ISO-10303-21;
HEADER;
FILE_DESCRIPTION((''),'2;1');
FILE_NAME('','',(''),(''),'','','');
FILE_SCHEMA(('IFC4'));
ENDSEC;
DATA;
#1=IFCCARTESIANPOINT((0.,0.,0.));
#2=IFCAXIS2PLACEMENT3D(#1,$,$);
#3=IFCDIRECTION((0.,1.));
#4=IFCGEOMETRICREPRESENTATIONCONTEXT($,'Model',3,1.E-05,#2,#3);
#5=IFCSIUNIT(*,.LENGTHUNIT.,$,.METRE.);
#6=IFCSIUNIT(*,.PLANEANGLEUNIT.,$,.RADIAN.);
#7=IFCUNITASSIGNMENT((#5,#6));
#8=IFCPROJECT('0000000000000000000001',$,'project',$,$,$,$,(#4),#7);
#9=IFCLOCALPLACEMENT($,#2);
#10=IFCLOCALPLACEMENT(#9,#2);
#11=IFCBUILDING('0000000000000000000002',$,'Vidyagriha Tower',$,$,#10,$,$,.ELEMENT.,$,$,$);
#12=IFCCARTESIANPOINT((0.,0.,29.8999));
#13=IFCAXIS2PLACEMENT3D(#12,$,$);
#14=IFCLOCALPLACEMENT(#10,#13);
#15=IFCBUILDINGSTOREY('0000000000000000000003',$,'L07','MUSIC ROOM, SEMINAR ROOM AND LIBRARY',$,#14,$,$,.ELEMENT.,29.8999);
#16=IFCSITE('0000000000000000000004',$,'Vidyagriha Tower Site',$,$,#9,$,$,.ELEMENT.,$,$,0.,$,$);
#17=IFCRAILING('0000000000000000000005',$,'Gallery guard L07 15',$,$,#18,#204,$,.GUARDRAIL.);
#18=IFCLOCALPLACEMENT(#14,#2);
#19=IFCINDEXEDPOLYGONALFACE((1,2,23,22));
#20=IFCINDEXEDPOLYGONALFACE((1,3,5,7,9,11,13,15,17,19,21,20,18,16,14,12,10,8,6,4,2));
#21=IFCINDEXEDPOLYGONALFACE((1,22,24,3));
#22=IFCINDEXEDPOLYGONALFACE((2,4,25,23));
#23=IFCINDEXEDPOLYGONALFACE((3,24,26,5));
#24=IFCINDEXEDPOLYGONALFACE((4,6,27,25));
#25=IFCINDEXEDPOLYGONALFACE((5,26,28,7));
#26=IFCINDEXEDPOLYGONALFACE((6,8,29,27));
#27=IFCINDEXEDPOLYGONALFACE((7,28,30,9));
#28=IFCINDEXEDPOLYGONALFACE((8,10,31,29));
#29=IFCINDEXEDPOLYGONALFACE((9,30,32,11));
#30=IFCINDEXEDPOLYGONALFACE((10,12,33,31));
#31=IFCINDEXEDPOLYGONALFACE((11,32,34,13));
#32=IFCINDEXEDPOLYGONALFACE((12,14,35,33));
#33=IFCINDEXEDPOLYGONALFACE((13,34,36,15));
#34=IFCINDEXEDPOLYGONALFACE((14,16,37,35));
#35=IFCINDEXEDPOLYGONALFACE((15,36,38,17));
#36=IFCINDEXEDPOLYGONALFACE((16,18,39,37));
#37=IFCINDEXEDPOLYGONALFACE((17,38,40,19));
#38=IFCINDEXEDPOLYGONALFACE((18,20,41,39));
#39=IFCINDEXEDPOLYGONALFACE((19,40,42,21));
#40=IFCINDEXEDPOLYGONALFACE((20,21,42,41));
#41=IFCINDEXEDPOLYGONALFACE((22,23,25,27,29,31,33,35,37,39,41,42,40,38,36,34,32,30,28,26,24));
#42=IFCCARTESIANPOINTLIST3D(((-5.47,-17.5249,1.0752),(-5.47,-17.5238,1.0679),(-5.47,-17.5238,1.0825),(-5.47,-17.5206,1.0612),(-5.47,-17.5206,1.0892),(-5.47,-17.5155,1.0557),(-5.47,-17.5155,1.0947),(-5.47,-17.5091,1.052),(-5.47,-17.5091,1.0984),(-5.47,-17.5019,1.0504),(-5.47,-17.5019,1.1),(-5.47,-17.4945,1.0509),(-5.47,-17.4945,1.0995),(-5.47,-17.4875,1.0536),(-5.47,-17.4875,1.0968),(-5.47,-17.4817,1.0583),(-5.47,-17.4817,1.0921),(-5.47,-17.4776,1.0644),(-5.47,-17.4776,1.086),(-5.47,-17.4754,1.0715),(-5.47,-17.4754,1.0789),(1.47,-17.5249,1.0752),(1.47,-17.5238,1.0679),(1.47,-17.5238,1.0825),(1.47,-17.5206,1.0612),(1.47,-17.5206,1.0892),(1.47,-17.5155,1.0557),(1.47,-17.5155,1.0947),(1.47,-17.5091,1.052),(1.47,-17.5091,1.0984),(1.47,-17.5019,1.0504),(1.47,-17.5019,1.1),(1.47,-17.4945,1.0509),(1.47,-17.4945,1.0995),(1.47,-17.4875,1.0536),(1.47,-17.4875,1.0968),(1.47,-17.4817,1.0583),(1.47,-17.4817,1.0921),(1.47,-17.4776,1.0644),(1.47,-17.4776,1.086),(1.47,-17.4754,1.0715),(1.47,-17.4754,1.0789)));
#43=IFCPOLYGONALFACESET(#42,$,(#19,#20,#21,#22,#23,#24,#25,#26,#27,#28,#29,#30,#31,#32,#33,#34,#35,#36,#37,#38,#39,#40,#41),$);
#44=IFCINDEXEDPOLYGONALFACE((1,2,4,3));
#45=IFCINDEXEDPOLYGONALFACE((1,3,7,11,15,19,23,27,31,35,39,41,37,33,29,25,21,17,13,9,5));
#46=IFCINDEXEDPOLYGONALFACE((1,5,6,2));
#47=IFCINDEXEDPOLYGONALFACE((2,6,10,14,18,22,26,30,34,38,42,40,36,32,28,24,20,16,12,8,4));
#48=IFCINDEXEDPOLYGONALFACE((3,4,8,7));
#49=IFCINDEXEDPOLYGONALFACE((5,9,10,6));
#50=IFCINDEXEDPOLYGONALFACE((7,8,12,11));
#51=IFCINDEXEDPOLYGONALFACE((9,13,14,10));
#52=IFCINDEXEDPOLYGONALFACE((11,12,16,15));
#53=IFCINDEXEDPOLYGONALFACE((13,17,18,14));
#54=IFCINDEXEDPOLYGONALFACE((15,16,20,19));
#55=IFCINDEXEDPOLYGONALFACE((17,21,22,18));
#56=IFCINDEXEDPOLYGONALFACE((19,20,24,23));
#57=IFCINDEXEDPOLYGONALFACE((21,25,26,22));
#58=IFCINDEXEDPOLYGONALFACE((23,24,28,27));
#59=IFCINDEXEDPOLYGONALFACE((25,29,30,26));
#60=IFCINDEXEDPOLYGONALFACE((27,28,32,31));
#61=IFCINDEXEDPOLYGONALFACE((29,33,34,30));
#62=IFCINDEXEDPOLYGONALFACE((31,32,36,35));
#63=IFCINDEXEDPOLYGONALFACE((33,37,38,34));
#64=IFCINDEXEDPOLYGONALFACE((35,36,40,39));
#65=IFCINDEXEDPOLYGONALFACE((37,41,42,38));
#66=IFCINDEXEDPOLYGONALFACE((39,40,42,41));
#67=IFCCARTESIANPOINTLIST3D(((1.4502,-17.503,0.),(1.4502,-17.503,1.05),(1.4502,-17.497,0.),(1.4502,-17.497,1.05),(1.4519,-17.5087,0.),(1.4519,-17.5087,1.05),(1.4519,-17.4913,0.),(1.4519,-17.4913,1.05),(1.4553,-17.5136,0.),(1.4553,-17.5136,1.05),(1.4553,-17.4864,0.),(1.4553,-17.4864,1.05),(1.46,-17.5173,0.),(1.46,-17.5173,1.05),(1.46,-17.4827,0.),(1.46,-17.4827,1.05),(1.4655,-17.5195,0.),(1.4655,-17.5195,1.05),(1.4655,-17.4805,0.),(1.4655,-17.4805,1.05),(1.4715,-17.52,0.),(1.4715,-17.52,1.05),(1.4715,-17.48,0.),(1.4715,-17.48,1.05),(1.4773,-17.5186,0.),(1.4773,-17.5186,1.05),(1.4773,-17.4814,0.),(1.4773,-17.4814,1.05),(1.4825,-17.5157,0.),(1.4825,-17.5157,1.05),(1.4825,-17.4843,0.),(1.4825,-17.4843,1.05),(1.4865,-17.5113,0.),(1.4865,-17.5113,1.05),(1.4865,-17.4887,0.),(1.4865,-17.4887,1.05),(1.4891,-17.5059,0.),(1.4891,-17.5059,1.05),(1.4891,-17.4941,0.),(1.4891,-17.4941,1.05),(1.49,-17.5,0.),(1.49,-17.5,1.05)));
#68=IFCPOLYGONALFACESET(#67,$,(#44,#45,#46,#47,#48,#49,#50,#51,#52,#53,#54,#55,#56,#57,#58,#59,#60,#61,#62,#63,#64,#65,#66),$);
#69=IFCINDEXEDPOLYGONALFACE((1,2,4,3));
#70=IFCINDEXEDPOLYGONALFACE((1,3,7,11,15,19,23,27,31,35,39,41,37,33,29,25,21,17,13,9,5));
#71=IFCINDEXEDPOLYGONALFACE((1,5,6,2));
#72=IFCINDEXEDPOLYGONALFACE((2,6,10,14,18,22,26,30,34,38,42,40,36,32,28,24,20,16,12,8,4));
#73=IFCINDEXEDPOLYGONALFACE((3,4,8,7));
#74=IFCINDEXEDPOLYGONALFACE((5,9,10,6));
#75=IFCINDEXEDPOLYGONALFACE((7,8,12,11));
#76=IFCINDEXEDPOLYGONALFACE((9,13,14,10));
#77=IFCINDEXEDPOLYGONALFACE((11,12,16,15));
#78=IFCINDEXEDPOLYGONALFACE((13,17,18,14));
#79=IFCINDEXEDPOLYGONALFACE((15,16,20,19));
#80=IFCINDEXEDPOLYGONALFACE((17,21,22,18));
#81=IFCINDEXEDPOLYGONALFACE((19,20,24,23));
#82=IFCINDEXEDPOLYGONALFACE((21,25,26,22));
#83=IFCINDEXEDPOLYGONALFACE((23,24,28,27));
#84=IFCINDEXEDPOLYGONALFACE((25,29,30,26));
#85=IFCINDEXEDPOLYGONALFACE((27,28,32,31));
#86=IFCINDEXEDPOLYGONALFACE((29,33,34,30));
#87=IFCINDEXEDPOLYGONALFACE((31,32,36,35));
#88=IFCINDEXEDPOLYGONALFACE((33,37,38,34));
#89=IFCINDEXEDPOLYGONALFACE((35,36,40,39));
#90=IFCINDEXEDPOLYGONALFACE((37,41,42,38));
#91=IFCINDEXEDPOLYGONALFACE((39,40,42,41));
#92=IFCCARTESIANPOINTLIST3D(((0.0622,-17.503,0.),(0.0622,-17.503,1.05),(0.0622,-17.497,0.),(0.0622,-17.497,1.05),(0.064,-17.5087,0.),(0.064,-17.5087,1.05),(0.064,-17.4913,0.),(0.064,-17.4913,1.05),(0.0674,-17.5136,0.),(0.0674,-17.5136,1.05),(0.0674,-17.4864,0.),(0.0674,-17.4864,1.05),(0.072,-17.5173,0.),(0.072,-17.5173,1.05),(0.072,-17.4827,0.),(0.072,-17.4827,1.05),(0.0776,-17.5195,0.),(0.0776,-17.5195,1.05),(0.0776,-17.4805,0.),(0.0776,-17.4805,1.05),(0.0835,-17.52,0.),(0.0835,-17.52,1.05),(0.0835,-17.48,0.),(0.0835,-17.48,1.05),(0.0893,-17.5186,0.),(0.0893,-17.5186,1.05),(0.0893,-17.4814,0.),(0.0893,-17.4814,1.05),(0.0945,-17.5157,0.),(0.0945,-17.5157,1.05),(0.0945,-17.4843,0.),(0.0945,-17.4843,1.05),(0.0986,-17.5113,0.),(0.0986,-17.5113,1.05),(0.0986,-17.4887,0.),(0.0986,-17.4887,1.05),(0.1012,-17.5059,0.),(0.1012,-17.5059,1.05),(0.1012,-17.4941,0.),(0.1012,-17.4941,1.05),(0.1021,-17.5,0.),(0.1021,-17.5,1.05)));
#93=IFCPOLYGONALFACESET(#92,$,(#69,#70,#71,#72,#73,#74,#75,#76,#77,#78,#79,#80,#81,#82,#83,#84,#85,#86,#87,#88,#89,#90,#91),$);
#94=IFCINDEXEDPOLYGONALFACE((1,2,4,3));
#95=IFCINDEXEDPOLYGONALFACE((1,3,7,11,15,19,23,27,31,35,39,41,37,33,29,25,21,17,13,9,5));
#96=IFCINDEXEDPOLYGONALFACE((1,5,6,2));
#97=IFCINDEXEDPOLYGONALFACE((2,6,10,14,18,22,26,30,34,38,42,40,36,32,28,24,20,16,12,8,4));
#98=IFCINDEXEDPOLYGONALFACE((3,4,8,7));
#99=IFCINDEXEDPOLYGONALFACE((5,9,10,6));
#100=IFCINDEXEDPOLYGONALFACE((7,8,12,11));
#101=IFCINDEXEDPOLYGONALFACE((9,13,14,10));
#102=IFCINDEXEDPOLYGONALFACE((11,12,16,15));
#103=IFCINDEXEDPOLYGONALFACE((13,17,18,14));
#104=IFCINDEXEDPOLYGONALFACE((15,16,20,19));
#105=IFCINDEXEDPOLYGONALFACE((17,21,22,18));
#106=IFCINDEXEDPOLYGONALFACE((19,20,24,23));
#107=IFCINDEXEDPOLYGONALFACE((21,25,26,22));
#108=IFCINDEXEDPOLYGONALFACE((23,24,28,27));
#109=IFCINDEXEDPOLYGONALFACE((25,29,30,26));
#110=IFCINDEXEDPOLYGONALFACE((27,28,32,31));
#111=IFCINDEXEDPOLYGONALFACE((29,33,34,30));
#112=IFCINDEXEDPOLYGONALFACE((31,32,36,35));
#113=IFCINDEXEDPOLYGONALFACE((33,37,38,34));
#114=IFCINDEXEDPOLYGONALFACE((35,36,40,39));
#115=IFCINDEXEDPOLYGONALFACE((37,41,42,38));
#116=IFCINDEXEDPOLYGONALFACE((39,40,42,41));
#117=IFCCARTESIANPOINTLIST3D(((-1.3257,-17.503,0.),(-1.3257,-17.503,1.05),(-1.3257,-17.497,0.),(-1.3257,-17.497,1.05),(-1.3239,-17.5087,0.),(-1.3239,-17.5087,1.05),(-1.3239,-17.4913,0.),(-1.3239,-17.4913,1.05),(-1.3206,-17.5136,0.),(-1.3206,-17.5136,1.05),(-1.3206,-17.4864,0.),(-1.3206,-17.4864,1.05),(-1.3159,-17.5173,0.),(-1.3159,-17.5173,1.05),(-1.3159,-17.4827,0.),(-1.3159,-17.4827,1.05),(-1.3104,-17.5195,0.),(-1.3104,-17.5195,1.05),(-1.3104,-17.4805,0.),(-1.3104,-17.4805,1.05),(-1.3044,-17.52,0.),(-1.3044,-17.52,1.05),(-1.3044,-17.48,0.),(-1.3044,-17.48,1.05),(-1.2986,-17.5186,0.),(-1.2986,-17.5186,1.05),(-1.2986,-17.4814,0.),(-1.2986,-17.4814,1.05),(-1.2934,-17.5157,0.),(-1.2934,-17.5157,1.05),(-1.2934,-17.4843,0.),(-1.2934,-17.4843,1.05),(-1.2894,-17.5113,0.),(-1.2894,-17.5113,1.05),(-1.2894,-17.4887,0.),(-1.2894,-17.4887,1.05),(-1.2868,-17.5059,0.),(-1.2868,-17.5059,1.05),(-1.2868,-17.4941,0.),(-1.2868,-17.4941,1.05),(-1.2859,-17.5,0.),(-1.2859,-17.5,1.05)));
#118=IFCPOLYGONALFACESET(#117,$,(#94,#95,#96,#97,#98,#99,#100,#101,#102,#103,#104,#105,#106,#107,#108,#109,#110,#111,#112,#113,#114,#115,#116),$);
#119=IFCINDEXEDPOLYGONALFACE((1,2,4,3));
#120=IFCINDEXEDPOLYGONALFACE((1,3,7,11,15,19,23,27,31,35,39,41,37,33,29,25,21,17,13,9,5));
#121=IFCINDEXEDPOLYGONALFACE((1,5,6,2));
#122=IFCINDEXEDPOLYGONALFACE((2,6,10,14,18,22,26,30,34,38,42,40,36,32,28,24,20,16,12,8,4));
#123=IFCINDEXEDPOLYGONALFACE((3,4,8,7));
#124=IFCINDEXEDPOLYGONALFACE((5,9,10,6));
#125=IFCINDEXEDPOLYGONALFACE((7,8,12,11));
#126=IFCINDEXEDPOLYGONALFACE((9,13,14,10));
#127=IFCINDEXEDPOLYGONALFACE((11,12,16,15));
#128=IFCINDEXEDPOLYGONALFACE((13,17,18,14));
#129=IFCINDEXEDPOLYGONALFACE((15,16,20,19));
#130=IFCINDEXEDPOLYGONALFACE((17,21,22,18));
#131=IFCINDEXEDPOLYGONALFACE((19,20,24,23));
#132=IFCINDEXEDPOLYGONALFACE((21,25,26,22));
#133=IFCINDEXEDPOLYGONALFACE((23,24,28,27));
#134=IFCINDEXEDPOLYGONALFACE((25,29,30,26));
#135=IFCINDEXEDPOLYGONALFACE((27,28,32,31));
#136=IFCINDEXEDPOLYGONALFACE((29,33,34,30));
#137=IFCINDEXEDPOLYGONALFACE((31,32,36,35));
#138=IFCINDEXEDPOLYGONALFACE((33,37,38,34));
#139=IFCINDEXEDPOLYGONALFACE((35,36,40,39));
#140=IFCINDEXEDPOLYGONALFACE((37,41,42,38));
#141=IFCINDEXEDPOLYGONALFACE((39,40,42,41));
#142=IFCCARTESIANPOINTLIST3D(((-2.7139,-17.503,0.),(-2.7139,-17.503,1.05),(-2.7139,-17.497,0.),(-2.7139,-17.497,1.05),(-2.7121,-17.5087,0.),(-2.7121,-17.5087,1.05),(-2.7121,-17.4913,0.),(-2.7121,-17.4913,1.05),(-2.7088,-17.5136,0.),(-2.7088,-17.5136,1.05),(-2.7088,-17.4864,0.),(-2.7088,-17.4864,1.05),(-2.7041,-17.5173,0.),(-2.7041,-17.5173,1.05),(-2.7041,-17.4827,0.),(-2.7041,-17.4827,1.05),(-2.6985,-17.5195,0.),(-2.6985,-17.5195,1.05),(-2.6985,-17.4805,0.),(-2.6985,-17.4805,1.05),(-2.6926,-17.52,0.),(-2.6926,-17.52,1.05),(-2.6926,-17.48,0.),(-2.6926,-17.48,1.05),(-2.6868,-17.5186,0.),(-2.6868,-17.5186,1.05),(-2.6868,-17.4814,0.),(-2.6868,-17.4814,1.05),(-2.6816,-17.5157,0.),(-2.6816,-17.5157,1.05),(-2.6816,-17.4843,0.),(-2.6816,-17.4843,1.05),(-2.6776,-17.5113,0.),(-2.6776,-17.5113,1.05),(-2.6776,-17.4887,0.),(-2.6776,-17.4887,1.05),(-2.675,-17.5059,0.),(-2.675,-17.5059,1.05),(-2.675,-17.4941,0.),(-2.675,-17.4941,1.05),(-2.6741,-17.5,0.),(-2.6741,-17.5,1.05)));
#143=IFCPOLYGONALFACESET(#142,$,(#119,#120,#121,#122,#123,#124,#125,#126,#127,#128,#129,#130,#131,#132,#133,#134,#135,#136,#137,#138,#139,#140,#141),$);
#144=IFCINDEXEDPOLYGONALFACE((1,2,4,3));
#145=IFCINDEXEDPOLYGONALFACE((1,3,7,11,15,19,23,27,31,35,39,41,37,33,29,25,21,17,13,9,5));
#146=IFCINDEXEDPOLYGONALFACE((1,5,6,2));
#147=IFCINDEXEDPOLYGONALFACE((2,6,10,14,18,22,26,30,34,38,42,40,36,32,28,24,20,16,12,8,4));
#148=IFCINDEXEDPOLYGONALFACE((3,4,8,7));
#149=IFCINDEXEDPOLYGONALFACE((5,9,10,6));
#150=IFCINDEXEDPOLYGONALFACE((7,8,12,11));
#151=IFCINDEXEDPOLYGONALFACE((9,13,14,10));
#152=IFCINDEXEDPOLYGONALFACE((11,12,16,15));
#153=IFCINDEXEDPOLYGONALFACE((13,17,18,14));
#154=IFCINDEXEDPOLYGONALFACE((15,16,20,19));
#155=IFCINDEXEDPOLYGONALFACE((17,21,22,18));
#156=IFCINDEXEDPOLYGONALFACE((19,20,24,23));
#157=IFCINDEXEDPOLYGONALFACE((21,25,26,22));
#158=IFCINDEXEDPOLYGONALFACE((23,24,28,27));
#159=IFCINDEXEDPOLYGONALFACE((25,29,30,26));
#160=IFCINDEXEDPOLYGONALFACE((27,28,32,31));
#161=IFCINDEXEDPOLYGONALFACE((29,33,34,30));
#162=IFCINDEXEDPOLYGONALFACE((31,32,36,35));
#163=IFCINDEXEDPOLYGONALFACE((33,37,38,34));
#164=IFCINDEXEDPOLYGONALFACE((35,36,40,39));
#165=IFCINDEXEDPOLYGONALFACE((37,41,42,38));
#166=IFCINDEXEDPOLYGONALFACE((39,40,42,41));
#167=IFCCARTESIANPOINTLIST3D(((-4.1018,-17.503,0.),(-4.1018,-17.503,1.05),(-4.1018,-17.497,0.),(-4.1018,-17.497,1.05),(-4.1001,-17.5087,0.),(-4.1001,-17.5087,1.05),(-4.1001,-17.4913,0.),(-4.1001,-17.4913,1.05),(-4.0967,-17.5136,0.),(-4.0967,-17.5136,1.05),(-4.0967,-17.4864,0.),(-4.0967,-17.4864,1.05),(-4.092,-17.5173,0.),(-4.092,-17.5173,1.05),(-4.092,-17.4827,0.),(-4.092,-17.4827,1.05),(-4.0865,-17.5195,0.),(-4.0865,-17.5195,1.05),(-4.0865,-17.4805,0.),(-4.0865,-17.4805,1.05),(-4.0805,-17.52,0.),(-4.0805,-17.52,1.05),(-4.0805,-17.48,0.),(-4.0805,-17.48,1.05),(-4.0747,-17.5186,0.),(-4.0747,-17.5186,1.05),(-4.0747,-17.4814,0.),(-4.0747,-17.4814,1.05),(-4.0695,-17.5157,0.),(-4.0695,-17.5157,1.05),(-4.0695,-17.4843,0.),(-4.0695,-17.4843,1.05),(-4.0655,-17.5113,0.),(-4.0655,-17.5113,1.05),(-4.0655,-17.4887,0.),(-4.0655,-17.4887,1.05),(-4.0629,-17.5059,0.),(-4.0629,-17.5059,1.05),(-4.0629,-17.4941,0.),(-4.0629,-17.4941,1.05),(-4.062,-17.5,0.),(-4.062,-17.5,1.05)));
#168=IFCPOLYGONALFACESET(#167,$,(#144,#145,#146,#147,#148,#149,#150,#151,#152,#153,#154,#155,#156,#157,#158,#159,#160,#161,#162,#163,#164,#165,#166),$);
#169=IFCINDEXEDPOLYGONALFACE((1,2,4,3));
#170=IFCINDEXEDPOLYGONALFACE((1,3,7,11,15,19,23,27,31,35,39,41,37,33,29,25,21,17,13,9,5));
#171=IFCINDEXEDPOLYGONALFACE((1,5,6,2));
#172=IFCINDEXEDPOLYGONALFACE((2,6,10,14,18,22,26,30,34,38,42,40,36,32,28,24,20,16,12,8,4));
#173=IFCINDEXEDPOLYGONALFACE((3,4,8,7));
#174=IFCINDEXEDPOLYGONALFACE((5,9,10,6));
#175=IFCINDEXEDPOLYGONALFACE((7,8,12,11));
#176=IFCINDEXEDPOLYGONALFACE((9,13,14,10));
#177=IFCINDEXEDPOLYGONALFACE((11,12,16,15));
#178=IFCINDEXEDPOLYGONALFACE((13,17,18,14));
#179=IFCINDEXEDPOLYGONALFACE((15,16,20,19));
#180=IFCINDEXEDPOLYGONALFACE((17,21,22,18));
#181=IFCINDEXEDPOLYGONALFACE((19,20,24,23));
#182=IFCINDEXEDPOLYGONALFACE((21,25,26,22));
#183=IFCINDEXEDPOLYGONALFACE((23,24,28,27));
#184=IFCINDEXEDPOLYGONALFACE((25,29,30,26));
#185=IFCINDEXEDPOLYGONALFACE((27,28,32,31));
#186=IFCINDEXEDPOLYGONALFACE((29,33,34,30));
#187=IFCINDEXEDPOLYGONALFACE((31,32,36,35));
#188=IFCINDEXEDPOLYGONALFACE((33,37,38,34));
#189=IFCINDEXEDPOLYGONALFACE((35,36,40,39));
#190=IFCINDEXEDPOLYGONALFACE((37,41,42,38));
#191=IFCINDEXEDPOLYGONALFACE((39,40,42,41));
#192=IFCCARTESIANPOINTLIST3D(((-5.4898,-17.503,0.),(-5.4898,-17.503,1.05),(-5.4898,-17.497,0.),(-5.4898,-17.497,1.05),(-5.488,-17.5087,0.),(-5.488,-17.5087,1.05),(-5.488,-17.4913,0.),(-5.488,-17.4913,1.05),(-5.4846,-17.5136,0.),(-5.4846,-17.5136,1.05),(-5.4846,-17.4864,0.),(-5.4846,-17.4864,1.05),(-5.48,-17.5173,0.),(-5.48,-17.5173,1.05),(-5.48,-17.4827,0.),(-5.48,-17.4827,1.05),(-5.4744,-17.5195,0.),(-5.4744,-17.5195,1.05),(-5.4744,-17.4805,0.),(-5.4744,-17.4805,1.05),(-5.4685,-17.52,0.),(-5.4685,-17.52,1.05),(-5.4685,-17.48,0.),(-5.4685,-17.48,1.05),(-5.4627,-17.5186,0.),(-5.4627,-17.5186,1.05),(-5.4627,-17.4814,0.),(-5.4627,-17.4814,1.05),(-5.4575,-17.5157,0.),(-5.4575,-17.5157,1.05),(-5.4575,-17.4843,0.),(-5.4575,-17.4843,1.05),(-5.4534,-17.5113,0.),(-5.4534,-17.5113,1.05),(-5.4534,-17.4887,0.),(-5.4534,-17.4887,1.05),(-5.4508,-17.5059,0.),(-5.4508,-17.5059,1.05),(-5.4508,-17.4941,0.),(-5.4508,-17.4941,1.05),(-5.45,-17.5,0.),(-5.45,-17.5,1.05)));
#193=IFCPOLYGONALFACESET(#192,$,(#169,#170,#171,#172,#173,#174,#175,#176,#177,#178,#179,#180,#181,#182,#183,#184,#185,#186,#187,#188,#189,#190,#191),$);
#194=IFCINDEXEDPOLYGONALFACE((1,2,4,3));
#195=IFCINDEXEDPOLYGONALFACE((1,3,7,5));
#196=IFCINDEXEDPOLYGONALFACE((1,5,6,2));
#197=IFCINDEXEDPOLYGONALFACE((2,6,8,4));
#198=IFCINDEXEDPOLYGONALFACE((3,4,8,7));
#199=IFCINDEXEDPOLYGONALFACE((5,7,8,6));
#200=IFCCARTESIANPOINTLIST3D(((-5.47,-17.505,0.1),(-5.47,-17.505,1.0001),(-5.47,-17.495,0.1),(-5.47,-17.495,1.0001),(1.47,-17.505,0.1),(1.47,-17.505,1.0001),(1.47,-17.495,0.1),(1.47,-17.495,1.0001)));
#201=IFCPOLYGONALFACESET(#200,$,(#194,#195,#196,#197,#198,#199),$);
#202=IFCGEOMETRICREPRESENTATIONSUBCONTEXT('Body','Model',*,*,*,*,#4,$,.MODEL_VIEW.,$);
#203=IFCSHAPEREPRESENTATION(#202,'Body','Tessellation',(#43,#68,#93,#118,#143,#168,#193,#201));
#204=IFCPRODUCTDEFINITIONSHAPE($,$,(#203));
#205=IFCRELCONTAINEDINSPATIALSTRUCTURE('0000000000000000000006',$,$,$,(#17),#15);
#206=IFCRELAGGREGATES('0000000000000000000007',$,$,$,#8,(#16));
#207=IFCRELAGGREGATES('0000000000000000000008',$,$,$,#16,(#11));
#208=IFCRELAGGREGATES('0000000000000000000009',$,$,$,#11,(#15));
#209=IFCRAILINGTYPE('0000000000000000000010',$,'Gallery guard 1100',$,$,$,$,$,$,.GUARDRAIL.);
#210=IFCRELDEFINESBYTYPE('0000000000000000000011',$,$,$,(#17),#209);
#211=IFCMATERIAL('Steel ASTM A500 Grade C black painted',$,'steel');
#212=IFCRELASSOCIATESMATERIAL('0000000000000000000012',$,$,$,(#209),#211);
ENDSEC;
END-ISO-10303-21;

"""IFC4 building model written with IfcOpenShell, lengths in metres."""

from ifc_helpers import new_model, si_unit, direction, frame, origin, origin_2d, place, context, subcontext, project, spatial, rectangle, circle, extrude, material, type_object, element, save


model = new_model("IFC4")

# Units and contexts
model_context = context("Model", 3, precision=1e-05, world=origin(), true_north=direction((0.0, 1.0)))
body_context = subcontext(model_context, "Body", "Model", "MODEL_VIEW")
ifc_project = project(units=[si_unit("LENGTHUNIT", "METRE"), si_unit("PLANEANGLEUNIT", "RADIAN")], contexts=[model_context])

# Site, building, storey
site_placement = place(None, origin())
site = spatial("IfcSite", under=ifc_project, at=site_placement, Name="Vidyagriha Tower Site", CompositionType="ELEMENT", RefElevation=0.0)
building_placement = place(site_placement, origin())
building = spatial("IfcBuilding", under=site, at=building_placement, Name="Vidyagriha Tower", CompositionType="ELEMENT")
storey_placement = place(building_placement, frame((0.0, 0.0, 29.8999)))
storey = spatial("IfcBuildingStorey", under=building, at=storey_placement, Name="L07", Description="MUSIC ROOM, SEMINAR ROOM AND LIBRARY", CompositionType="ELEMENT", Elevation=29.8999)

# Railing
ifc_material_1 = material(Name="Steel ASTM A500 Grade C black painted", Category="steel")
railing_type = type_object("IfcRailingType", Name="Gallery guard 1100", PredefinedType="GUARDRAIL", material=ifc_material_1)
for number, where, name in (
    (1, (1.47, -17.5, 0.0), "Gallery guard L07 15"),
):
    element("IfcRailing", number, at=place(storey_placement, frame(where)), inside=storey, type_object=railing_type, Name=name, PredefinedType="GUARDRAIL", context=body_context, shape_type="SweptSolid", body=[
        extrude(circle(Radius=0.0249, at=origin_2d()), frame((0.0, 0.0, 1.0752), z_axis=(-1.0, 0.0, 0.0), x_axis=(0.0, -1.0, 0.0)), (0.0, 0.0, 1.0), 6.9399),
        extrude(circle(Radius=0.02, at=origin_2d()), origin(), (0.0, 0.0, 1.0), 1.05),
        extrude(circle(Radius=0.02, at=origin_2d()), frame((-1.3879, 0.0, 0.0)), (0.0, 0.0, 1.0), 1.05),
        extrude(circle(Radius=0.02, at=origin_2d()), frame((-2.7759, 0.0, 0.0)), (0.0, 0.0, 1.0), 1.05),
        extrude(circle(Radius=0.02, at=origin_2d()), frame((-4.1641, 0.0, 0.0)), (0.0, 0.0, 1.0), 1.05),
        extrude(circle(Radius=0.02, at=origin_2d()), frame((-5.552, 0.0, 0.0)), (0.0, 0.0, 1.0), 1.05),
        extrude(circle(Radius=0.02, at=origin_2d()), frame((-6.9399, 0.0, 0.0)), (0.0, 0.0, 1.0), 1.05),
        extrude(rectangle(XDim=0.01, YDim=0.9001, at=origin_2d()), frame((0.0, 0.0, 0.55), z_axis=(-1.0, 0.0, 0.0), x_axis=(0.0, -1.0, 0.0)), (0.0, 0.0, 1.0), 6.9399),
    ])

save(model, "model.ifc")
